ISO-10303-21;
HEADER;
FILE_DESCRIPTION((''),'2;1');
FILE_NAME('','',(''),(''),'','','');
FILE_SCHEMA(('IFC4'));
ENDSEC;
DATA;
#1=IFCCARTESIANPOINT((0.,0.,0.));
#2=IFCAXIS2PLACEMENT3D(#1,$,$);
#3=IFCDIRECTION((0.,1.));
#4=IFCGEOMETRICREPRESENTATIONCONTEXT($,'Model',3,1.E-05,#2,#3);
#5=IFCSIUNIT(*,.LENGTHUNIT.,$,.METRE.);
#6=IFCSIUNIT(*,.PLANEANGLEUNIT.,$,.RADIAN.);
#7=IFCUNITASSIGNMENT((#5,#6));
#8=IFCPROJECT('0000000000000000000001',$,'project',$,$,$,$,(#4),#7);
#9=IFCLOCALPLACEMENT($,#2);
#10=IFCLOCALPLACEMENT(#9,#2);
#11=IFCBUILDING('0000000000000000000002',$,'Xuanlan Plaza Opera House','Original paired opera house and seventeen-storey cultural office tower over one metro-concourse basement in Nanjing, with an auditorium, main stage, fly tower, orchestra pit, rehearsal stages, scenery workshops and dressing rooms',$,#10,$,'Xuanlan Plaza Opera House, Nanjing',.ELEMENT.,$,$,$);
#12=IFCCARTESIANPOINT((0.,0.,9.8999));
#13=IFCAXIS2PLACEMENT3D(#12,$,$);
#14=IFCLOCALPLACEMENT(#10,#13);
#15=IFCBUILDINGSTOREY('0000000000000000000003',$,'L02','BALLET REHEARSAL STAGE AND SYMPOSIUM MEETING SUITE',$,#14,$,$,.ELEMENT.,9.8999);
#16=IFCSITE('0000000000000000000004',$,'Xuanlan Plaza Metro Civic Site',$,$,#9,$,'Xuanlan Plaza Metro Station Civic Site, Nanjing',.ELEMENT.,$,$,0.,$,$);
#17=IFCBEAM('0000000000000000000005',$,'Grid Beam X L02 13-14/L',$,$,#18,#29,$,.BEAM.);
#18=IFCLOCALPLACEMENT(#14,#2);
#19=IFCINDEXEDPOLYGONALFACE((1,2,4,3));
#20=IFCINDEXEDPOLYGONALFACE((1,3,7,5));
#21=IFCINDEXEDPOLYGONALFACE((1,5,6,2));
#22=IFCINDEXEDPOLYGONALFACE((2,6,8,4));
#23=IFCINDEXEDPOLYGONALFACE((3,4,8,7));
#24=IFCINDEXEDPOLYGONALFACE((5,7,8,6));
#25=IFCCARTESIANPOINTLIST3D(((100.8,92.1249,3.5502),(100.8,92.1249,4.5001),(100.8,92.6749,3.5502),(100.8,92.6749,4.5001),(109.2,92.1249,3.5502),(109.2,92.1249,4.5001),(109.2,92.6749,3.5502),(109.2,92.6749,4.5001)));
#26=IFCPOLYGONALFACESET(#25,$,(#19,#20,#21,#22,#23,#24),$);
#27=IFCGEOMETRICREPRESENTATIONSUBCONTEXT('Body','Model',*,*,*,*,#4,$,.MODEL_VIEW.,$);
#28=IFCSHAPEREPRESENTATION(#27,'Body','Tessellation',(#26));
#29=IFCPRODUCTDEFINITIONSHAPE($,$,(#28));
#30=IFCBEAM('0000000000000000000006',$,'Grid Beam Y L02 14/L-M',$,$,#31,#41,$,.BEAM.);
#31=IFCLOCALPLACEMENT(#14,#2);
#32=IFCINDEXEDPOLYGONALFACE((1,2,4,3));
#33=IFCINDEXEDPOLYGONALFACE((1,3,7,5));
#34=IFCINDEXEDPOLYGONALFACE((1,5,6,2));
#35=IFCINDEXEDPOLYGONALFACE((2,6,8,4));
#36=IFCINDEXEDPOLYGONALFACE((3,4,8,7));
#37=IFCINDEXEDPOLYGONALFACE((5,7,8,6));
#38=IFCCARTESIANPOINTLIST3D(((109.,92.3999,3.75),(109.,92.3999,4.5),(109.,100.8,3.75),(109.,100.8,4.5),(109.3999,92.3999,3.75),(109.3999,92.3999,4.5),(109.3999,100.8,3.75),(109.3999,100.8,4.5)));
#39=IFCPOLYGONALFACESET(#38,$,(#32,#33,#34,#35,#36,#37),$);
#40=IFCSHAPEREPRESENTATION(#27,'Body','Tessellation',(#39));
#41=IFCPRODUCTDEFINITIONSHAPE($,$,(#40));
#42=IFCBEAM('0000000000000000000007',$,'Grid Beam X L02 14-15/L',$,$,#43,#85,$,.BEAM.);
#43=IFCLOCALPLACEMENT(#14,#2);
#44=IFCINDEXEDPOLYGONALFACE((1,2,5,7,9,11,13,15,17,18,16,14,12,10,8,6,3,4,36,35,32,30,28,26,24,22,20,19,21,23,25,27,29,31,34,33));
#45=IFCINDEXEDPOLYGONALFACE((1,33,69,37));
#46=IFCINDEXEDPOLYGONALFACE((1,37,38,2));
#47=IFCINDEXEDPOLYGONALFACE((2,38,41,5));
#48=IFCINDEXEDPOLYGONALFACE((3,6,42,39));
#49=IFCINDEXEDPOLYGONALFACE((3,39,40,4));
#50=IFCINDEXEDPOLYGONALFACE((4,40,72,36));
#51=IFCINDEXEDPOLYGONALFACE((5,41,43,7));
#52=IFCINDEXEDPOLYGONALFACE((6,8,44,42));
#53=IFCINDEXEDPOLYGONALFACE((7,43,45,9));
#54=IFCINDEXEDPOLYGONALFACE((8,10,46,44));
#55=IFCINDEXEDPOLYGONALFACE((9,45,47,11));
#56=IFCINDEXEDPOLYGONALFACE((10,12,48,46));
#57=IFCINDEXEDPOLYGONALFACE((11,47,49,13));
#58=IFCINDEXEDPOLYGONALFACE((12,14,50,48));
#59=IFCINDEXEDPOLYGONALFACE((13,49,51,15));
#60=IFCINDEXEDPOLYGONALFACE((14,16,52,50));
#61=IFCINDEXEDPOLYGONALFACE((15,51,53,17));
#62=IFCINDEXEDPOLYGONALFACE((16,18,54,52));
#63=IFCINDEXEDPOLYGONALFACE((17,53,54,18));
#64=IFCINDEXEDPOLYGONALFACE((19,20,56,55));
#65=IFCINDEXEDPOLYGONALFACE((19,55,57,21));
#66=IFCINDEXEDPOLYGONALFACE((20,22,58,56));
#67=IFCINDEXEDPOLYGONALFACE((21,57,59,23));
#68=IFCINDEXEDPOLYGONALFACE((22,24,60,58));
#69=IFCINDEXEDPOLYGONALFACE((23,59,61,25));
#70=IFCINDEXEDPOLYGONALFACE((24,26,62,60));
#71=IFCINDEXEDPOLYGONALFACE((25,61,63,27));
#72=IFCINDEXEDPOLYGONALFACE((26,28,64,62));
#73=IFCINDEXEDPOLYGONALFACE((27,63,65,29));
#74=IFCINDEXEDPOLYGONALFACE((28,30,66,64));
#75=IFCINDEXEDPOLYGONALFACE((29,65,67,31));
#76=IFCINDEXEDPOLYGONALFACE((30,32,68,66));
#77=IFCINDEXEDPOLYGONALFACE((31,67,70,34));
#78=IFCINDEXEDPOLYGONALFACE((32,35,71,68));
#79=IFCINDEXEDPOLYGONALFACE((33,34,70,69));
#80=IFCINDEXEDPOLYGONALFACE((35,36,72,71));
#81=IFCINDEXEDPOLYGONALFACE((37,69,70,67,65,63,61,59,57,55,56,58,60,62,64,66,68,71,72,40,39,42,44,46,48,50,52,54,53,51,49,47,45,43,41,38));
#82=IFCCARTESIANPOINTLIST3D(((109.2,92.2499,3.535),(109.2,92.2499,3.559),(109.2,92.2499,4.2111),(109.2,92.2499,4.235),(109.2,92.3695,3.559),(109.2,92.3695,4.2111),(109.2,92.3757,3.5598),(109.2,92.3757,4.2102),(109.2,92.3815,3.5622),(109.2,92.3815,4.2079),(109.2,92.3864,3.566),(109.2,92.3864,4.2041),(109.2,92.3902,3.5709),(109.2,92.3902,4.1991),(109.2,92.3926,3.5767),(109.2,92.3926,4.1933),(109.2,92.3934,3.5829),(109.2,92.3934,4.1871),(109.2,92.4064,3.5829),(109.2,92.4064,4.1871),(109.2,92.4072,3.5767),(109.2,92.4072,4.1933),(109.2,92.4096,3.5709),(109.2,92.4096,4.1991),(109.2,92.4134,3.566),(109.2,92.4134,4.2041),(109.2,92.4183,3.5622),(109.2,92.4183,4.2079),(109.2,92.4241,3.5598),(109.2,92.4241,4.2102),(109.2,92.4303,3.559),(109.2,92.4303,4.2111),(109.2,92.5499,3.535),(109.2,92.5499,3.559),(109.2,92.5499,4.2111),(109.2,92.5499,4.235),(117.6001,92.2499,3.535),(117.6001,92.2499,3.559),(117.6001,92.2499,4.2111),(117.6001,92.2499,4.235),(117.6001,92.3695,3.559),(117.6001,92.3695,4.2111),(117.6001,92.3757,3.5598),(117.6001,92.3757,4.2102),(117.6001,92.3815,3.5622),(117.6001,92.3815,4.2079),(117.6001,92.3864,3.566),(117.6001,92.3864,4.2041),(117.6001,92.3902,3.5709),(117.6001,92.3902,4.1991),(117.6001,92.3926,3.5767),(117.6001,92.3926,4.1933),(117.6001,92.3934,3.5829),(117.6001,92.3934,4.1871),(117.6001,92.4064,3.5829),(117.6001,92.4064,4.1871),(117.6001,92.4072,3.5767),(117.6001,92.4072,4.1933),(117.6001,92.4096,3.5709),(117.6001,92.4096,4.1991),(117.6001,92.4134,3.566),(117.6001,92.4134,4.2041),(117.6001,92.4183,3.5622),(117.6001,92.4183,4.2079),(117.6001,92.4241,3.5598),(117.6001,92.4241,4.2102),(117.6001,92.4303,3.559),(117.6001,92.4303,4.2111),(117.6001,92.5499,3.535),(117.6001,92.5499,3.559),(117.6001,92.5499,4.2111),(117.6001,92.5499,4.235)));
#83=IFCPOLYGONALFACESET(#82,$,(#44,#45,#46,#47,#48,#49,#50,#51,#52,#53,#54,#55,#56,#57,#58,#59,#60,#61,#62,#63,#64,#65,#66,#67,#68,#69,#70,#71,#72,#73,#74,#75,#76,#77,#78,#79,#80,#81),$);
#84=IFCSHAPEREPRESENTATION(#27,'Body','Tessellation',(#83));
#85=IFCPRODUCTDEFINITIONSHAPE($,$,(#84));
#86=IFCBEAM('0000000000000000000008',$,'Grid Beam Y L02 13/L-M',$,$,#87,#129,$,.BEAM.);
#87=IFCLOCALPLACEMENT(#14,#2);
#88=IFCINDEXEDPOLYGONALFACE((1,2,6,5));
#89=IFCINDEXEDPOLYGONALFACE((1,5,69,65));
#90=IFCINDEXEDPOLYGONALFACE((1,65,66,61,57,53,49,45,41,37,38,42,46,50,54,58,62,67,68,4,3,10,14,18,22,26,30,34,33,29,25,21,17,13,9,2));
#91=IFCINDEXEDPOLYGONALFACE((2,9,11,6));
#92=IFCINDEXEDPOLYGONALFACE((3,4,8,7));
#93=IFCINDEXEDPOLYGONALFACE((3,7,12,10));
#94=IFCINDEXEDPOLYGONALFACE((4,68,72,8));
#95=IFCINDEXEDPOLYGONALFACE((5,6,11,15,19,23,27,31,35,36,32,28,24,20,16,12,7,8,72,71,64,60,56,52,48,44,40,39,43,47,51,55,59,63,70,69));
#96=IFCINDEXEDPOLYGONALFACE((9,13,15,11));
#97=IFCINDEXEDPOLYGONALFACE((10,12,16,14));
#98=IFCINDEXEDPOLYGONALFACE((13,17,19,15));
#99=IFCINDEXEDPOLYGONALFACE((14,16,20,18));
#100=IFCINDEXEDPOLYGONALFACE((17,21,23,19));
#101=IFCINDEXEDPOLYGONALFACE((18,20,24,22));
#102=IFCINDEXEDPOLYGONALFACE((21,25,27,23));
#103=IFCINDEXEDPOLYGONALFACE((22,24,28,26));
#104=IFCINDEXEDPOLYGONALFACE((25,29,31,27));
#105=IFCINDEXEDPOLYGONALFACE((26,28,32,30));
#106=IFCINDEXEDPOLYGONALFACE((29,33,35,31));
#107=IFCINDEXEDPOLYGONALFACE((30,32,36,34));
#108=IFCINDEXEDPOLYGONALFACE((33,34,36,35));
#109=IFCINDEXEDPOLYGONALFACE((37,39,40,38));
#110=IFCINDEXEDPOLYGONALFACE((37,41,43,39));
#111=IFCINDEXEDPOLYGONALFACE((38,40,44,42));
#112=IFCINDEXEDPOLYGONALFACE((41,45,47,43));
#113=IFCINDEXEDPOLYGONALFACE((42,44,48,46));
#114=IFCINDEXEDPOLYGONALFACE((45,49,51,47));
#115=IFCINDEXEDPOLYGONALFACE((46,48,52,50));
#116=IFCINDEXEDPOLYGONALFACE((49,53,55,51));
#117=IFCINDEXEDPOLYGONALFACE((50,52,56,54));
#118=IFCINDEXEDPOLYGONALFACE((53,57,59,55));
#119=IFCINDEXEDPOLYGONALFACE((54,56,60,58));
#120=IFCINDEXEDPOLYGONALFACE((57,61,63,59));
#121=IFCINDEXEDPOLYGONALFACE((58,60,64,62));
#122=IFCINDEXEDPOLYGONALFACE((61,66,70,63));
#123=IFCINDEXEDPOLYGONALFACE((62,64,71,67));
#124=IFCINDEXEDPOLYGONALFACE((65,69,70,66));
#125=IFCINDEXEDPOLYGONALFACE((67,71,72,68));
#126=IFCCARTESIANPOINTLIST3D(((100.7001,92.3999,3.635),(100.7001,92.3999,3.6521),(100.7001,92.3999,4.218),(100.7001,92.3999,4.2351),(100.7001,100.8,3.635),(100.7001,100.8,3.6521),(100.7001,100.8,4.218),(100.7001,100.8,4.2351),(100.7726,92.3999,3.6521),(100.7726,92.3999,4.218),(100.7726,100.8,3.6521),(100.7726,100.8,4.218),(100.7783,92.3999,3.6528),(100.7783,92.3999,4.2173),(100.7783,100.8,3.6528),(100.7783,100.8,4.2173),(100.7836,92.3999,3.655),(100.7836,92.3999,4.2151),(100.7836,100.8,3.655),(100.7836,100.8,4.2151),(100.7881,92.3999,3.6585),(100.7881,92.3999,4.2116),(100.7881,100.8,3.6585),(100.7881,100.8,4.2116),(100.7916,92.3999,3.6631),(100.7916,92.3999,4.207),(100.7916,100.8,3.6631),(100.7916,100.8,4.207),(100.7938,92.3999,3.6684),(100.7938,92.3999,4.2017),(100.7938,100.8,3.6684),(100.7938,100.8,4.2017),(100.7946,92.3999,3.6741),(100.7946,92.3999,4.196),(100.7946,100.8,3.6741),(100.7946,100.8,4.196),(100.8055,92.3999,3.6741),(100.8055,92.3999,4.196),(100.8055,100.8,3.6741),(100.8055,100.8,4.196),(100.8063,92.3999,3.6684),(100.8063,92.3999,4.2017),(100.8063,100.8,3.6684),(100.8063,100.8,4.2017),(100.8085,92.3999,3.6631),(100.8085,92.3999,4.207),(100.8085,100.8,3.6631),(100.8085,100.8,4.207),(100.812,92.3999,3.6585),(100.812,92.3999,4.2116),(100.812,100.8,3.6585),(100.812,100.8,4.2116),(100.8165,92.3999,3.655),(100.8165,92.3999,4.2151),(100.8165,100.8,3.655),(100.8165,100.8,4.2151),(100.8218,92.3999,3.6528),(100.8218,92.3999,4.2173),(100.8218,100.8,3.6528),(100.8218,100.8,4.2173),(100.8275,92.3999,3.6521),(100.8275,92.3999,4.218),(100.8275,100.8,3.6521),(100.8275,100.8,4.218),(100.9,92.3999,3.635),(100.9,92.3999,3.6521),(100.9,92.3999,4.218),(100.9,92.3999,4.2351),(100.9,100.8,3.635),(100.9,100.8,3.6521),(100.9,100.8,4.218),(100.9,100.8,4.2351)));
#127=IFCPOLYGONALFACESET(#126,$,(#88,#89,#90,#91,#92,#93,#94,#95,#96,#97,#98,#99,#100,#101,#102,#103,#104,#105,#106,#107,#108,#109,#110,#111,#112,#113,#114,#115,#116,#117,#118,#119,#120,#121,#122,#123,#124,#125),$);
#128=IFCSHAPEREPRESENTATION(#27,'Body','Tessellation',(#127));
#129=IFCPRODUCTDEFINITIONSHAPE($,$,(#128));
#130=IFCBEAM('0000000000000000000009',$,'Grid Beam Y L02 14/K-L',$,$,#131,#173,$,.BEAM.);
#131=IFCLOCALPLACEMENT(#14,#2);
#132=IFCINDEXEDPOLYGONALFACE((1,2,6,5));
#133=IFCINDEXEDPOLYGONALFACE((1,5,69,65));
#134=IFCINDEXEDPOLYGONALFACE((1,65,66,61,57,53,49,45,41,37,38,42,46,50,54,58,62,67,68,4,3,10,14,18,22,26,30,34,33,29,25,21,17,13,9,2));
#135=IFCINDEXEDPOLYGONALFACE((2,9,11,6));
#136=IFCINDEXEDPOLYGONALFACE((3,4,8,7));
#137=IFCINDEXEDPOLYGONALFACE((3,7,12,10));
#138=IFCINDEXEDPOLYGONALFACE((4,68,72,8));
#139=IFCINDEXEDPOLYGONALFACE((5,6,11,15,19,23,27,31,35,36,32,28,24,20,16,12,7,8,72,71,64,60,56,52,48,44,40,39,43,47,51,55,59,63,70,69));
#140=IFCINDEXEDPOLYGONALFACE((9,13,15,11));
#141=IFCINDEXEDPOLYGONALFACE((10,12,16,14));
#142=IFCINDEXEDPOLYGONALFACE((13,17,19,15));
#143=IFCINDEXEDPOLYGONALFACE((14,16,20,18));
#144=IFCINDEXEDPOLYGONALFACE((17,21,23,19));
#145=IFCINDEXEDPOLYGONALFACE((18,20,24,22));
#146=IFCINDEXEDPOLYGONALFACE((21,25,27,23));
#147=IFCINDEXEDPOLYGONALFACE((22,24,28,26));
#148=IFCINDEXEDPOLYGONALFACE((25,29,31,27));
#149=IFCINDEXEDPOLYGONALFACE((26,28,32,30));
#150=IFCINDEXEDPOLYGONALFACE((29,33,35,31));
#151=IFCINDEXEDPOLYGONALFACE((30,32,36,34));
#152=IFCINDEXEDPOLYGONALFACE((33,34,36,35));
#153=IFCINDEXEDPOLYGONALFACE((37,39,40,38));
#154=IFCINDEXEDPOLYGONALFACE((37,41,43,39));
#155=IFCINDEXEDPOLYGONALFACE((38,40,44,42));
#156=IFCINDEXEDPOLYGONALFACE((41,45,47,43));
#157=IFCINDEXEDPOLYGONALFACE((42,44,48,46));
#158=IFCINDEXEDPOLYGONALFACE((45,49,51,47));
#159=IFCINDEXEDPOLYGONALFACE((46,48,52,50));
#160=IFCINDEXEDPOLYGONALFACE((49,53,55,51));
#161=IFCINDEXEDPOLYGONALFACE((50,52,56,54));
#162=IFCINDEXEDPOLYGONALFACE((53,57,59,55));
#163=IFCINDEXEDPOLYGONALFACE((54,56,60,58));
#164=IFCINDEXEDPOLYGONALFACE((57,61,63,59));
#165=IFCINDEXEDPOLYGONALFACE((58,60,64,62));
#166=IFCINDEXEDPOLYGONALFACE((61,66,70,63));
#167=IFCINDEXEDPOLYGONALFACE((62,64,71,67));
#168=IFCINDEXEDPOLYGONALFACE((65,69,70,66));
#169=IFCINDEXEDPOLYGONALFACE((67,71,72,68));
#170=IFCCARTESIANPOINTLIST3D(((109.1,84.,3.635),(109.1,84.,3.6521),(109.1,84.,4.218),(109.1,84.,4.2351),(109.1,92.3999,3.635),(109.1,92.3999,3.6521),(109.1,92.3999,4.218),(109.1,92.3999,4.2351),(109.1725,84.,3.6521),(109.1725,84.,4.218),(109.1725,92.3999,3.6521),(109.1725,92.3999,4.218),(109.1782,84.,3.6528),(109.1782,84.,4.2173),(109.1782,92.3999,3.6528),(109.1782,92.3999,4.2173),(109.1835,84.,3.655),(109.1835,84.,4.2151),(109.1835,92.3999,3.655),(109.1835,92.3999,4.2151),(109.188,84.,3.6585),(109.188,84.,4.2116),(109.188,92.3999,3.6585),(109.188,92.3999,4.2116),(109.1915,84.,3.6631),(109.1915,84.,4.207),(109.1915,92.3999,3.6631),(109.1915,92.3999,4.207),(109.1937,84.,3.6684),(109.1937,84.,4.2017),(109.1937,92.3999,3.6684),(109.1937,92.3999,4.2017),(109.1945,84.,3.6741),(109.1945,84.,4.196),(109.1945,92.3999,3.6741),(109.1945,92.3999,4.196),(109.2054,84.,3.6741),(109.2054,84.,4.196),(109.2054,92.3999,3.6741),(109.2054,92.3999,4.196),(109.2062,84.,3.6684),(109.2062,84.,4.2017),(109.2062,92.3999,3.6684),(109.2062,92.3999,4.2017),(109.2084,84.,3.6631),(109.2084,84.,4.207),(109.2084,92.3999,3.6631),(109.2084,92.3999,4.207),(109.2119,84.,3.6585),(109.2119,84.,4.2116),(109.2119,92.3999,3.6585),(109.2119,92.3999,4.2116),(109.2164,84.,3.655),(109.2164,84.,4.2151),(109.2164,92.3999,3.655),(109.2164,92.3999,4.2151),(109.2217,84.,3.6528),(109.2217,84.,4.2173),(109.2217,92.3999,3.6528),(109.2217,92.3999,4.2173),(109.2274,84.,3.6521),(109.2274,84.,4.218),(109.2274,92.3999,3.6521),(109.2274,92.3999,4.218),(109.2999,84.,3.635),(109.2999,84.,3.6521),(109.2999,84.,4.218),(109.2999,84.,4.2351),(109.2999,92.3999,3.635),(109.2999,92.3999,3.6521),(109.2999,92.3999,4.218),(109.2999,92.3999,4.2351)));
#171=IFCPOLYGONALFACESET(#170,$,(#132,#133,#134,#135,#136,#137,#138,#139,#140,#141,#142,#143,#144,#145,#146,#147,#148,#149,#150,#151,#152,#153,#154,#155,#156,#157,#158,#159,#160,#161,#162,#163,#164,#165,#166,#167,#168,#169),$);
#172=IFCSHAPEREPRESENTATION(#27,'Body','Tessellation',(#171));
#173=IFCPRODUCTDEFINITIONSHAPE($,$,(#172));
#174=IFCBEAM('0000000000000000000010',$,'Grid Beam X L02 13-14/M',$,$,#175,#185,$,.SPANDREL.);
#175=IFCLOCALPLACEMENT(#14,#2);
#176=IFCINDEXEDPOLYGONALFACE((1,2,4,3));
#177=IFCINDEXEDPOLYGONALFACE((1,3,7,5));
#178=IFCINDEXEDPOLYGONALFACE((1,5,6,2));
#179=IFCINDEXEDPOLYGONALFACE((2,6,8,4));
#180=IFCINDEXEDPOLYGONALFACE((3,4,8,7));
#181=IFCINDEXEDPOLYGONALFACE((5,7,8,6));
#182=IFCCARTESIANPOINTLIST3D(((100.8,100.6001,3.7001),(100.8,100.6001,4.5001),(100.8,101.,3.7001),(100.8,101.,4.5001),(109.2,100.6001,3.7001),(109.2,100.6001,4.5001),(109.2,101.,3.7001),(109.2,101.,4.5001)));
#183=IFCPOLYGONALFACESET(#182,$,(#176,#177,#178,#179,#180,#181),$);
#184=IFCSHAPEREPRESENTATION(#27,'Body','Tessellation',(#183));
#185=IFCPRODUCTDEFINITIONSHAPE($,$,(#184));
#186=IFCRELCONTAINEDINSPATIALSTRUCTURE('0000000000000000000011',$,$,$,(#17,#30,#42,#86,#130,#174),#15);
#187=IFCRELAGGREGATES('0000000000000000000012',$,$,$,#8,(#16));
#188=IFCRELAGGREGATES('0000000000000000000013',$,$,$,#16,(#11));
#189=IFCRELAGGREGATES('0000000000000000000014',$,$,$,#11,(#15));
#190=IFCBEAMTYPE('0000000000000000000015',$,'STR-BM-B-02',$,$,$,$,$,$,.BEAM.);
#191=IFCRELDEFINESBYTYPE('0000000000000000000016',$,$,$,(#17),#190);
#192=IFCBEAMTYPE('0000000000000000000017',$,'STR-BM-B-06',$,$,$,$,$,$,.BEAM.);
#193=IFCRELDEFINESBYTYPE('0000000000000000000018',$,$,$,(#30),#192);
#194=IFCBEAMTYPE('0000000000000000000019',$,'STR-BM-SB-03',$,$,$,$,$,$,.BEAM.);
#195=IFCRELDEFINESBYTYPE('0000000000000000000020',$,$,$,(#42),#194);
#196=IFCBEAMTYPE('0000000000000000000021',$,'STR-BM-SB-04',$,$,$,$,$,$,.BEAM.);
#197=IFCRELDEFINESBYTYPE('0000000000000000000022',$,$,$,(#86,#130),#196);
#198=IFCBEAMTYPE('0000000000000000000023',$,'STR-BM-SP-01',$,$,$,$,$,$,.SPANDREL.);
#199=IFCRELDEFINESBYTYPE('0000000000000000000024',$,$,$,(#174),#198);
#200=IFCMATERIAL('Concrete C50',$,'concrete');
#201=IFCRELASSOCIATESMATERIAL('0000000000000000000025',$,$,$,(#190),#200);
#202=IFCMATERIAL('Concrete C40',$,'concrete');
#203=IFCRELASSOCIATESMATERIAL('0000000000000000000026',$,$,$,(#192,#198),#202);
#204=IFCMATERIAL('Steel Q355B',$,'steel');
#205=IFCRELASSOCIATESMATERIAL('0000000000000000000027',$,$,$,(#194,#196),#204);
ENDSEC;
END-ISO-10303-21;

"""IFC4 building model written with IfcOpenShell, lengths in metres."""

from ifc_helpers import new_model, si_unit, direction, frame, origin, origin_2d, place, context, subcontext, project, spatial, rectangle, i_section, extrude, material, material_profile, profile_set, type_object, element, save


model = new_model("IFC4")

# Units and contexts
model_context = context("Model", 3, precision=1e-05, world=origin(), true_north=direction((0.0, 1.0)))
body_context = subcontext(model_context, "Body", "Model", "MODEL_VIEW")
ifc_project = project(units=[si_unit("LENGTHUNIT", "METRE"), si_unit("PLANEANGLEUNIT", "RADIAN")], contexts=[model_context])

# Site, building, storey
site_placement = place(None, origin())
site = spatial("IfcSite", under=ifc_project, at=site_placement, Name="Xuanlan Plaza Metro Civic Site", LongName="Xuanlan Plaza Metro Station Civic Site, Nanjing", CompositionType="ELEMENT", RefElevation=0.0)
building_placement = place(site_placement, origin())
building = spatial("IfcBuilding", under=site, at=building_placement, Name="Xuanlan Plaza Opera House", Description="Original paired opera house and seventeen-storey cultural office tower over one metro-concourse basement in Nanjing, with an auditorium, main stage, fly tower, orchestra pit, rehearsal stages, scenery workshops and dressing rooms", LongName="Xuanlan Plaza Opera House, Nanjing", CompositionType="ELEMENT")
storey_placement = place(building_placement, frame((0.0, 0.0, 9.8999)))
storey = spatial("IfcBuildingStorey", under=building, at=storey_placement, Name="L02", Description="BALLET REHEARSAL STAGE AND SYMPOSIUM MEETING SUITE", CompositionType="ELEMENT", Elevation=9.8999)

# Shared definitions
ifc_material_1 = material(Name="Concrete C40", Category="concrete")

# Beams
ifc_material_2 = material(Name="Concrete C50", Category="concrete")
ifc_material_profile_1 = material_profile(ifc_material_2, rectangle(XDim=0.55, YDim=0.95, at=origin_2d()), Name="RC-BM 550x950")
ifc_profile_set_1 = profile_set([ifc_material_profile_1], Name="Concrete C50")
beam_type_1 = type_object("IfcBeamType", Name="STR-BM-B-02", PredefinedType="BEAM", material=ifc_profile_set_1)
beam_1_placement = place(storey_placement, frame((100.8, 92.3999, 4.0251), z_axis=(1.0, 0.0, 0.0), x_axis=(0.0, 1.0, 0.0)))
element("IfcBeam", 1, at=beam_1_placement, inside=storey, type_object=beam_type_1, Name="Grid Beam X L02 13-14/L", PredefinedType="BEAM", context=body_context, shape_type="SweptSolid", body=[
    extrude(rectangle(XDim=0.55, YDim=0.95, at=origin_2d()), origin(), (0.0, 0.0, 1.0), 8.3999),
])
ifc_material_profile_2 = material_profile(ifc_material_1, rectangle(XDim=0.3999, YDim=0.75, at=origin_2d()), Name="RC-BM 400x750")
ifc_profile_set_2 = profile_set([ifc_material_profile_2], Name="Concrete C40")
beam_type_2 = type_object("IfcBeamType", Name="STR-BM-B-06", PredefinedType="BEAM", material=ifc_profile_set_2)
beam_2_placement = place(storey_placement, frame((109.2, 92.3999, 4.125), z_axis=(0.0, 1.0, 0.0), x_axis=(-1.0, 0.0, 0.0)))
element("IfcBeam", 2, at=beam_2_placement, inside=storey, type_object=beam_type_2, Name="Grid Beam Y L02 14/L-M", PredefinedType="BEAM", context=body_context, shape_type="SweptSolid", body=[
    extrude(rectangle(XDim=0.3999, YDim=0.75, at=origin_2d()), origin(), (0.0, 0.0, 1.0), 8.4001),
])
ifc_material_3 = material(Name="Steel Q355B", Category="steel")
ifc_material_profile_3 = material_profile(ifc_material_3, i_section(OverallWidth=0.3, OverallDepth=0.7, WebThickness=0.0129, FlangeThickness=0.0239, FilletRadius=0.0239, at=origin_2d()), Name="HN 700x300x13x24")
ifc_profile_set_3 = profile_set([ifc_material_profile_3], Name="Steel Q355B")
beam_type_3 = type_object("IfcBeamType", Name="STR-BM-SB-03", PredefinedType="BEAM", material=ifc_profile_set_3)
beam_3_placement = place(storey_placement, frame((109.2, 92.3999, 3.885), z_axis=(1.0, 0.0, 0.0), x_axis=(0.0, 1.0, 0.0)))
element("IfcBeam", 3, at=beam_3_placement, inside=storey, type_object=beam_type_3, Name="Grid Beam X L02 14-15/L", PredefinedType="BEAM", context=body_context, shape_type="SweptSolid", body=[
    extrude(i_section(OverallWidth=0.3, OverallDepth=0.7, WebThickness=0.0129, FlangeThickness=0.0239, FilletRadius=0.0239, at=origin_2d()), origin(), (0.0, 0.0, 1.0), 8.4001),
])
ifc_material_profile_4 = material_profile(ifc_material_3, i_section(OverallWidth=0.2, OverallDepth=0.6001, WebThickness=0.011, FlangeThickness=0.0171, FilletRadius=0.022, at=origin_2d()), Name="HN 600x200x11x17")
ifc_profile_set_4 = profile_set([ifc_material_profile_4], Name="Steel Q355B")
beam_type_4 = type_object("IfcBeamType", Name="STR-BM-SB-04", PredefinedType="BEAM", material=ifc_profile_set_4)
beam_4_placement = place(storey_placement, frame((100.8, 92.3999, 3.9351), z_axis=(0.0, 1.0, 0.0), x_axis=(-1.0, 0.0, 0.0)))
element("IfcBeam", 4, at=beam_4_placement, inside=storey, type_object=beam_type_4, Name="Grid Beam Y L02 13/L-M", PredefinedType="BEAM", context=body_context, shape_type="SweptSolid", body=[
    extrude(i_section(OverallWidth=0.2, OverallDepth=0.6001, WebThickness=0.011, FlangeThickness=0.0171, FilletRadius=0.022, at=origin_2d()), origin(), (0.0, 0.0, 1.0), 8.4001),
])
beam_5_placement = place(storey_placement, frame((109.2, 84.0, 3.9351), z_axis=(0.0, 1.0, 0.0), x_axis=(-1.0, 0.0, 0.0)))
element("IfcBeam", 5, at=beam_5_placement, inside=storey, type_object=beam_type_4, Name="Grid Beam Y L02 14/K-L", PredefinedType="BEAM", context=body_context, shape_type="SweptSolid", body=[
    extrude(i_section(OverallWidth=0.2, OverallDepth=0.6001, WebThickness=0.011, FlangeThickness=0.0171, FilletRadius=0.022, at=origin_2d()), origin(), (0.0, 0.0, 1.0), 8.3999),
])
ifc_material_profile_5 = material_profile(ifc_material_1, rectangle(XDim=0.3999, YDim=0.8, at=origin_2d()), Name="RC-SPD 400x800")
ifc_profile_set_5 = profile_set([ifc_material_profile_5], Name="Concrete C40")
beam_type_5 = type_object("IfcBeamType", Name="STR-BM-SP-01", PredefinedType="SPANDREL", material=ifc_profile_set_5)
beam_6_placement = place(storey_placement, frame((100.8, 100.8, 4.1001), z_axis=(1.0, 0.0, 0.0), x_axis=(0.0, 1.0, 0.0)))
element("IfcBeam", 6, at=beam_6_placement, inside=storey, type_object=beam_type_5, Name="Grid Beam X L02 13-14/M", PredefinedType="SPANDREL", context=body_context, shape_type="SweptSolid", body=[
    extrude(rectangle(XDim=0.3999, YDim=0.8, at=origin_2d()), origin(), (0.0, 0.0, 1.0), 8.3999),
])

save(model, "model.ifc")
